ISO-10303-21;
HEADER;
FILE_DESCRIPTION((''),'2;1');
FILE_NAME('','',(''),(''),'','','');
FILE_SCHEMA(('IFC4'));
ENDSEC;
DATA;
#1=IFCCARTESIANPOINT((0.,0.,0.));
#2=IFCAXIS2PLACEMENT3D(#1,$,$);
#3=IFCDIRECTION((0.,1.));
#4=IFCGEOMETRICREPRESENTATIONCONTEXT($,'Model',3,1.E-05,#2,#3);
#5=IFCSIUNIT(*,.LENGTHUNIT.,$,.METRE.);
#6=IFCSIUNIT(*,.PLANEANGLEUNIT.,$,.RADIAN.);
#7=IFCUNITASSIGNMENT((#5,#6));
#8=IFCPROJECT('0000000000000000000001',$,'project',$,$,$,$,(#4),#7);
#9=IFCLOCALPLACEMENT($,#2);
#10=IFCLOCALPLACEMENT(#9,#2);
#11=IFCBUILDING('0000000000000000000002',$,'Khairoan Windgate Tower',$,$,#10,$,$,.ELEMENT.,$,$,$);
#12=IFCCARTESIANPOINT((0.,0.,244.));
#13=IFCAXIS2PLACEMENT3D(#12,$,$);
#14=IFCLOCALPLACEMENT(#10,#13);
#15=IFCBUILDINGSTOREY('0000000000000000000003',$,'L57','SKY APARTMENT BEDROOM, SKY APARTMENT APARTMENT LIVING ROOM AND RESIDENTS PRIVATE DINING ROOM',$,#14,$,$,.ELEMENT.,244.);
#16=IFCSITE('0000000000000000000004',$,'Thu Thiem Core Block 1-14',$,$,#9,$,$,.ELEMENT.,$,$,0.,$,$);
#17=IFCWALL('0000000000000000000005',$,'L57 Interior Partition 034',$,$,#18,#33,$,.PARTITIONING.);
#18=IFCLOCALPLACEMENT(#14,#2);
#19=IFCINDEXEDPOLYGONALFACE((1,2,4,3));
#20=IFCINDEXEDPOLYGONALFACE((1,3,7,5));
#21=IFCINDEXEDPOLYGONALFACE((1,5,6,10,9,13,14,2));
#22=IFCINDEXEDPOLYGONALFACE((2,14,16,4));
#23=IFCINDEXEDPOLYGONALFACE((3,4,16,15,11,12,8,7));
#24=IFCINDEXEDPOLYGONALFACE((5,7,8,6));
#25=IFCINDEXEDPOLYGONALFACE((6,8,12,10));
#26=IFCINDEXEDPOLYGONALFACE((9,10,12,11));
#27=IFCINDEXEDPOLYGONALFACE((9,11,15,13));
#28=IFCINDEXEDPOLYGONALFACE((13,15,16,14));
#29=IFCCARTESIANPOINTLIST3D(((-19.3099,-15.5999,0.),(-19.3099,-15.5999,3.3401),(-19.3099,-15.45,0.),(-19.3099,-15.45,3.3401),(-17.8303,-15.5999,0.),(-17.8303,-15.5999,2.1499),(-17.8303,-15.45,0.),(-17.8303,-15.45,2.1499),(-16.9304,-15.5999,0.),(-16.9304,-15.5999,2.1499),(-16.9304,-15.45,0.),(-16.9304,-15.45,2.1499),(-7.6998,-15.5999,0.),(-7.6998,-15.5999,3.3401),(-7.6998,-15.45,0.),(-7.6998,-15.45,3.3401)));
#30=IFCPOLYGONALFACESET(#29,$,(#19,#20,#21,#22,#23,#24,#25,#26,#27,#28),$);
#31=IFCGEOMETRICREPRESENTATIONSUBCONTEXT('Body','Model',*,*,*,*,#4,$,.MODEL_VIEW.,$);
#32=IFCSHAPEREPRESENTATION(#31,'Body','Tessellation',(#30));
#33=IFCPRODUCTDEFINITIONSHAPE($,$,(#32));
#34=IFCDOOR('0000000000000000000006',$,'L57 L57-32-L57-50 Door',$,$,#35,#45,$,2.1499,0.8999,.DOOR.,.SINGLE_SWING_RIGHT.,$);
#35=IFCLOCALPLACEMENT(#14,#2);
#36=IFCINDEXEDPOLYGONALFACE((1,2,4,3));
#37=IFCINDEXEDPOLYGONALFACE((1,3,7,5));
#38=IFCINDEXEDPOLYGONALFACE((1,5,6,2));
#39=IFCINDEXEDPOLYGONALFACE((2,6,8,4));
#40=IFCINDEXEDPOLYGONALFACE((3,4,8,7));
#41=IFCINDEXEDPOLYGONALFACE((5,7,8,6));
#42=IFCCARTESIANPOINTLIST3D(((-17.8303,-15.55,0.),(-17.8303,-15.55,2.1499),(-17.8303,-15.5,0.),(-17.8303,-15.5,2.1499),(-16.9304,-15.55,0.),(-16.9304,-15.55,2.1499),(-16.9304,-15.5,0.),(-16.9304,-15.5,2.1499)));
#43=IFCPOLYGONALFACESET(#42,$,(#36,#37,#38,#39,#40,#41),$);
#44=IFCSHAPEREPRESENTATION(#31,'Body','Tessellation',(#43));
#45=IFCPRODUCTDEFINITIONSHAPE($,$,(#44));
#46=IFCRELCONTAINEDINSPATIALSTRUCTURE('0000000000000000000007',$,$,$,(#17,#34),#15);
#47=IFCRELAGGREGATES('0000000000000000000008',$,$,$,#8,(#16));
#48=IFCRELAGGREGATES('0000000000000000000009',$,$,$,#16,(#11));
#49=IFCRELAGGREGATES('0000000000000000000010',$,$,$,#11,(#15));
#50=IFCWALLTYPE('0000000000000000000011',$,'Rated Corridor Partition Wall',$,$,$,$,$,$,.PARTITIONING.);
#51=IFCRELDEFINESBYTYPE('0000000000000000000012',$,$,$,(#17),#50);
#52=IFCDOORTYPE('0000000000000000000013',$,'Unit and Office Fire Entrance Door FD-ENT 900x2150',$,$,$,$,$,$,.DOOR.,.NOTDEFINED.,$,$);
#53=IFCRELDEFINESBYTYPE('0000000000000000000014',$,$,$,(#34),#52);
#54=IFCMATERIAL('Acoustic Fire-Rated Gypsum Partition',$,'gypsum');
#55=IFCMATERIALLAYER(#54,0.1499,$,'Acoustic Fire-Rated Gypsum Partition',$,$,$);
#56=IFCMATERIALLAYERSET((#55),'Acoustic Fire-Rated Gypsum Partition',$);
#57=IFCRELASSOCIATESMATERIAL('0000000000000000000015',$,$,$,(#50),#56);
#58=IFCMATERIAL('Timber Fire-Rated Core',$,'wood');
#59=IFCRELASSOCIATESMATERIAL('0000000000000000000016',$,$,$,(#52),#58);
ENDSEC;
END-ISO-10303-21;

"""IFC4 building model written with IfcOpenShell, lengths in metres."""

from ifc_helpers import new_model, si_unit, direction, frame, frame_2d, origin, place, context, subcontext, project, spatial, rectangle, extrude, material, layer, layer_set, type_object, element, fill, save


model = new_model("IFC4")

# Units and contexts
model_context = context("Model", 3, precision=1e-05, world=origin(), true_north=direction((0.0, 1.0)))
body_context = subcontext(model_context, "Body", "Model", "MODEL_VIEW")
ifc_project = project(units=[si_unit("LENGTHUNIT", "METRE"), si_unit("PLANEANGLEUNIT", "RADIAN")], contexts=[model_context])

# Site, building, storey
site_placement = place(None, origin())
site = spatial("IfcSite", under=ifc_project, at=site_placement, Name="Thu Thiem Core Block 1-14", CompositionType="ELEMENT", RefElevation=0.0)
building_placement = place(site_placement, origin())
building = spatial("IfcBuilding", under=site, at=building_placement, Name="Khairoan Windgate Tower", CompositionType="ELEMENT")
storey_placement = place(building_placement, frame((0.0, 0.0, 244.0)))
storey = spatial("IfcBuildingStorey", under=building, at=storey_placement, Name="L57", Description="SKY APARTMENT BEDROOM, SKY APARTMENT APARTMENT LIVING ROOM AND RESIDENTS PRIVATE DINING ROOM", CompositionType="ELEMENT", Elevation=244.0)

# Shared definitions
ifc_material_1 = material(Name="Acoustic Fire-Rated Gypsum Partition", Category="gypsum")
ifc_layer_1 = layer(ifc_material_1, 0.1499, Name="Acoustic Fire-Rated Gypsum Partition")
ifc_layer_set_1 = layer_set([ifc_layer_1], Name="Acoustic Fire-Rated Gypsum Partition")
wall_type_1 = type_object("IfcWallType", Name="Rated Corridor Partition Wall", PredefinedType="PARTITIONING", material=ifc_layer_set_1)

# Wall, opening, door
wall_1_placement = place(storey_placement, frame((-19.3101, -15.5249, 0.0), z_axis=(0.0, 0.0, 1.0), x_axis=(1.0, 0.0, 0.0)))
wall_1 = element("IfcWall", 1, at=wall_1_placement, inside=storey, type_object=wall_type_1, Name="L57 Interior Partition 034", PredefinedType="PARTITIONING", context=body_context, shape_type="SweptSolid", body=[
    extrude(rectangle(XDim=11.6101, YDim=0.1499, at=frame_2d((5.8052, 0.0))), origin(), (0.0, 0.0, 1.0), 3.3401),
])
opening_1_placement = place(wall_1_placement, frame((1.4797, 0.0, 0.0)))
opening_1 = element("IfcOpeningElement", 2, at=opening_1_placement, cuts=wall_1, PredefinedType="OPENING", context=body_context, shape_type="SweptSolid", body=[
    extrude(rectangle(XDim=0.8999, YDim=2.1499, at=frame_2d((0.45, 1.075))), frame((0.0, 0.085, 0.0), z_axis=(0.0, -1.0, 0.0), x_axis=(1.0, 0.0, 0.0)), (0.0, 0.0, 1.0), 0.1699),
])
ifc_material_2 = material(Name="Timber Fire-Rated Core", Category="wood")
door_type_1 = type_object("IfcDoorType", Name="Unit and Office Fire Entrance Door FD-ENT 900x2150", OperationType="NOTDEFINED", PredefinedType="DOOR", material=ifc_material_2)
door_1_placement = place(opening_1_placement, origin())
door_1 = element("IfcDoor", 3, at=door_1_placement, inside=storey, type_object=door_type_1, Name="L57 L57-32-L57-50 Door", OperationType="SINGLE_SWING_RIGHT", OverallHeight=2.1499, OverallWidth=0.8999, PredefinedType="DOOR", context=body_context, shape_type="SweptSolid", body=[
    extrude(rectangle(XDim=0.8999, YDim=2.1499, at=frame_2d((0.45, 1.075))), frame((0.0, 0.0249, 0.0), z_axis=(0.0, -1.0, 0.0), x_axis=(1.0, 0.0, 0.0)), (0.0, 0.0, 1.0), 0.05),
])
fill(opening_1, door_1)

save(model, "model.ifc")
